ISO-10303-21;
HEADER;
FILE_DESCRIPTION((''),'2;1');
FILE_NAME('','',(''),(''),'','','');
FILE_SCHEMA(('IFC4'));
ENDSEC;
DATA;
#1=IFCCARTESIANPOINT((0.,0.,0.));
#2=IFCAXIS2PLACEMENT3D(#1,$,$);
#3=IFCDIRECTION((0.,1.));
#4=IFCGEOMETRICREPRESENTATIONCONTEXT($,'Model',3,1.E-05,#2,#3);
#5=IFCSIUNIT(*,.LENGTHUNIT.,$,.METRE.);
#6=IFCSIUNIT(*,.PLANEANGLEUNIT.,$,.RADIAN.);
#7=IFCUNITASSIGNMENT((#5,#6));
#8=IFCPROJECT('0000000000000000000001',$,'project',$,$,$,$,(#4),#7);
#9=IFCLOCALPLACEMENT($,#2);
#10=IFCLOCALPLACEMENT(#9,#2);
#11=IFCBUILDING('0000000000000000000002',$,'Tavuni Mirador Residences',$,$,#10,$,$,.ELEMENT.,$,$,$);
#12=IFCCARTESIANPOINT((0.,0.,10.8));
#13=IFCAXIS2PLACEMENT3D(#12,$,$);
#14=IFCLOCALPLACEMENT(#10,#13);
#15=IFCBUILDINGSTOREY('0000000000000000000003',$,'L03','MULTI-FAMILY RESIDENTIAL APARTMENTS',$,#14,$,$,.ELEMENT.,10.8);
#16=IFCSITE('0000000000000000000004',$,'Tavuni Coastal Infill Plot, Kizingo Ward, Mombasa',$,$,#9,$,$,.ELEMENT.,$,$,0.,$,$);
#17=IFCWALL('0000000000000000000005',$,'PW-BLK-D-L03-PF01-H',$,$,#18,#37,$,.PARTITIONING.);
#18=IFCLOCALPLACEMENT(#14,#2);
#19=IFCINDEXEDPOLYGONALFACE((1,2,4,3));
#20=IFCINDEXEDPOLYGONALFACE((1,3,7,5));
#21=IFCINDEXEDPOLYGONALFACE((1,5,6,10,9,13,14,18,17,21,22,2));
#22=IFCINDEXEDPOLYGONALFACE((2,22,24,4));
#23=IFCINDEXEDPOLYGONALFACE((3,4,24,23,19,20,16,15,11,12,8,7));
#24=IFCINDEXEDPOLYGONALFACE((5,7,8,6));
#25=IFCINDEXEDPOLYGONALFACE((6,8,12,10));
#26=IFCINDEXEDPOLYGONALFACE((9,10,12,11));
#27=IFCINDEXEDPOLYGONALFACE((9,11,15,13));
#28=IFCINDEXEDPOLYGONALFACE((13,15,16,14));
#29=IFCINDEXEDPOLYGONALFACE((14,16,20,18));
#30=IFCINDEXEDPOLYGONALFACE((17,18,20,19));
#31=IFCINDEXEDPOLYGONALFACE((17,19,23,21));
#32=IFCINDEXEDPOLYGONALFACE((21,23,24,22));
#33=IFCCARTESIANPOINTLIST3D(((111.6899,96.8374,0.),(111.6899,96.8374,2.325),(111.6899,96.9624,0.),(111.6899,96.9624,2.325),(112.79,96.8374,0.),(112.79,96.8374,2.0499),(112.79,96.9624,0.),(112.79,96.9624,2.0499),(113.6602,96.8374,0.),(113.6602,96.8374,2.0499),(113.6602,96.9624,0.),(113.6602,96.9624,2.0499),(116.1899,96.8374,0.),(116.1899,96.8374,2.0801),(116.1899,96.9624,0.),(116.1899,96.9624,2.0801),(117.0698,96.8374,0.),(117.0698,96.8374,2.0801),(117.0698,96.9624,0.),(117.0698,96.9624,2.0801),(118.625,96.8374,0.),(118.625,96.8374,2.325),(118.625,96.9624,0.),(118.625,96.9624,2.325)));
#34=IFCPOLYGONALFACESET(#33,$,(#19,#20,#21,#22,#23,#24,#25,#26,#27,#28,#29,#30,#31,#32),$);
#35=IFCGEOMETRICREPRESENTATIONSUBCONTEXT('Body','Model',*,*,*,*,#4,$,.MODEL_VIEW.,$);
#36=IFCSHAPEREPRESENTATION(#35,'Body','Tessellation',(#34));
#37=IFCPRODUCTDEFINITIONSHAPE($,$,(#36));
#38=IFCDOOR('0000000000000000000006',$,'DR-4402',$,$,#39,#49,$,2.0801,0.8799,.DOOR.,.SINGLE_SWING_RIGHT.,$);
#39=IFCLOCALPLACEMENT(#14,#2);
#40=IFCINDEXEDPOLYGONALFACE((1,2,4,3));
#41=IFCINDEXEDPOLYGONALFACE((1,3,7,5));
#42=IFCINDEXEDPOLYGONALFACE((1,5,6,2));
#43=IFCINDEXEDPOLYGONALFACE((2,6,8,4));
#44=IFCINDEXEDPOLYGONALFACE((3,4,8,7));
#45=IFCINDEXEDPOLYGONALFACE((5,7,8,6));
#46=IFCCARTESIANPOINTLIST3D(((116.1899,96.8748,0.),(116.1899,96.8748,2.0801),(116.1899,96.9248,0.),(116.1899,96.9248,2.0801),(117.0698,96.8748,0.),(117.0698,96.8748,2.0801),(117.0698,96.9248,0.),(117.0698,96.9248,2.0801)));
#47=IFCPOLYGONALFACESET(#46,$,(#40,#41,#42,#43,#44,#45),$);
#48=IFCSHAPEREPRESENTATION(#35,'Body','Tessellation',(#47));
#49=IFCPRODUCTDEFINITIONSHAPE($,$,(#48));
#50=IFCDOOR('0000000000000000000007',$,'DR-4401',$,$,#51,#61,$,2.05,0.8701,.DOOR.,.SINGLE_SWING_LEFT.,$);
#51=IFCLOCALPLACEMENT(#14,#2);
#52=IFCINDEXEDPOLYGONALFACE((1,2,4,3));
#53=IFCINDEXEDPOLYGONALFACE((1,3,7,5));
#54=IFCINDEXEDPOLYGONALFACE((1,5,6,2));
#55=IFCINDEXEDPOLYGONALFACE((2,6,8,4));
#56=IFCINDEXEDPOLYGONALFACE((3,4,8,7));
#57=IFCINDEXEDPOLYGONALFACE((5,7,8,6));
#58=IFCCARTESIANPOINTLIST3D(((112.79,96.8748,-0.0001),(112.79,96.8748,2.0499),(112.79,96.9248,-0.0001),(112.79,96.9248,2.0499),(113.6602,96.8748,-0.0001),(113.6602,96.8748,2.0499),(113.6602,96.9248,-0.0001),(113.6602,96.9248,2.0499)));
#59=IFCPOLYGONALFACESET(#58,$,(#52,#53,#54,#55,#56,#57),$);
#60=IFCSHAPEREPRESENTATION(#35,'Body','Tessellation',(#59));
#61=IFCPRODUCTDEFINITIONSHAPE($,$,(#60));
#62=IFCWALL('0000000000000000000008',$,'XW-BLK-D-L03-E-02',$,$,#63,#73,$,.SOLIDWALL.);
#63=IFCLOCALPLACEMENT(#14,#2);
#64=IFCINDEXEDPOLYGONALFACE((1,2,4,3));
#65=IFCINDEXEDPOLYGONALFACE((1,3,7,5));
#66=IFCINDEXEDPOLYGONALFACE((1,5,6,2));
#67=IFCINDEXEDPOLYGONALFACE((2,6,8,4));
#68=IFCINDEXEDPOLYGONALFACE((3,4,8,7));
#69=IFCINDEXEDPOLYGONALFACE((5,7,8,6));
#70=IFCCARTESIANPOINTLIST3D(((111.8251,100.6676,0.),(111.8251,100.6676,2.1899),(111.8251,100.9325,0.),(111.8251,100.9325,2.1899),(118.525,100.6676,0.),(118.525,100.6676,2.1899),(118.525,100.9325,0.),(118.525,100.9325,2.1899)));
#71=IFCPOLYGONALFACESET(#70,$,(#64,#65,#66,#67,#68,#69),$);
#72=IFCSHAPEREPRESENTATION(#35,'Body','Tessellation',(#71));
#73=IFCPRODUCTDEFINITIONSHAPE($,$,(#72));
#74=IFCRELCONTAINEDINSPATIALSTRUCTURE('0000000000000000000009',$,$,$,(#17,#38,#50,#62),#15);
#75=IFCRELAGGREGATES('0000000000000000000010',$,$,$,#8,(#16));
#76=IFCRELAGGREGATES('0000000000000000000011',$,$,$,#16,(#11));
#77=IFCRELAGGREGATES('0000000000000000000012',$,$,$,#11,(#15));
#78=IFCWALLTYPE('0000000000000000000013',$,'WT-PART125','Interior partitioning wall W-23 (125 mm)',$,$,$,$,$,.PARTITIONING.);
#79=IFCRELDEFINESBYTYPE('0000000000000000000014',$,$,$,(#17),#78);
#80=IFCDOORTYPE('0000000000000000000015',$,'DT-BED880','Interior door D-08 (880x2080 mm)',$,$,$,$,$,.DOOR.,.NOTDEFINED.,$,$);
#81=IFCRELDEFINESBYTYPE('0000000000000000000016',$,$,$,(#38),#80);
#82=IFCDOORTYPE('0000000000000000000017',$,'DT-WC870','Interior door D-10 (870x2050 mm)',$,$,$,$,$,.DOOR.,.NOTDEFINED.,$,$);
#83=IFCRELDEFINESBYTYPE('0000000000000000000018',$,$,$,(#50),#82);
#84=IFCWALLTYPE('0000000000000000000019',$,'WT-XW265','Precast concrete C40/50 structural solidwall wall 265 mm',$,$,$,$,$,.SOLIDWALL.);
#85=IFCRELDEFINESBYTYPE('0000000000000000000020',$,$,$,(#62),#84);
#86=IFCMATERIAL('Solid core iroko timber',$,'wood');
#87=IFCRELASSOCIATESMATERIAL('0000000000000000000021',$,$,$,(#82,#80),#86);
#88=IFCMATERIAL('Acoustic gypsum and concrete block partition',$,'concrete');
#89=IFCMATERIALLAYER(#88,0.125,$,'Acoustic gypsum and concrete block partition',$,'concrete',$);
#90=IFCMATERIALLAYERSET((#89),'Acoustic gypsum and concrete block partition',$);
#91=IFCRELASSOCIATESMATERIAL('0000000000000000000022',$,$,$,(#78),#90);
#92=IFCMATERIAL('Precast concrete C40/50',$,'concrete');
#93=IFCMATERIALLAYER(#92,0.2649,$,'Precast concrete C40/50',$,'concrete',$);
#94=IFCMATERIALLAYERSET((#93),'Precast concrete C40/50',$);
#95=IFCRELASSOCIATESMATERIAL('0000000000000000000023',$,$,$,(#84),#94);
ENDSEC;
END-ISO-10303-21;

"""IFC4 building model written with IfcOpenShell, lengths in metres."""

from ifc_helpers import new_model, si_unit, direction, frame, frame_2d, origin, place, context, subcontext, project, spatial, rectangle, extrude, material, layer, layer_set, type_object, element, fill, save


model = new_model("IFC4")

# Units and contexts
model_context = context("Model", 3, precision=1e-05, world=origin(), true_north=direction((0.0, 1.0)))
body_context = subcontext(model_context, "Body", "Model", "MODEL_VIEW")
ifc_project = project(units=[si_unit("LENGTHUNIT", "METRE"), si_unit("PLANEANGLEUNIT", "RADIAN")], contexts=[model_context])

# Site, building, storey
site_placement = place(None, origin())
site = spatial("IfcSite", under=ifc_project, at=site_placement, Name="Tavuni Coastal Infill Plot, Kizingo Ward, Mombasa", CompositionType="ELEMENT", RefElevation=0.0)
building_placement = place(site_placement, origin())
building = spatial("IfcBuilding", under=site, at=building_placement, Name="Tavuni Mirador Residences", CompositionType="ELEMENT")
storey_placement = place(building_placement, frame((0.0, 0.0, 10.8)))
storey = spatial("IfcBuildingStorey", under=building, at=storey_placement, Name="L03", Description="MULTI-FAMILY RESIDENTIAL APARTMENTS", CompositionType="ELEMENT", Elevation=10.8)

# Shared definitions
ifc_material_1 = material(Name="Precast concrete C40/50", Category="concrete")

# Shared definitions
ifc_material_2 = material(Name="Acoustic gypsum and concrete block partition", Category="concrete")

# Wall, openings, doors
ifc_material_3 = material(Name="Solid core iroko timber", Category="wood")
door_type_1 = type_object("IfcDoorType", Name="DT-WC870", Description="Interior door D-10 (870x2050 mm)", OperationType="NOTDEFINED", PredefinedType="DOOR", material=ifc_material_3)
ifc_layer_1 = layer(ifc_material_2, 0.125, Name="Acoustic gypsum and concrete block partition", Category="concrete")
ifc_layer_set_1 = layer_set([ifc_layer_1], Name="Acoustic gypsum and concrete block partition")
wall_type_1 = type_object("IfcWallType", Name="WT-PART125", Description="Interior partitioning wall W-23 (125 mm)", PredefinedType="PARTITIONING", material=ifc_layer_set_1)
wall_1_placement = place(storey_placement, frame((111.6899, 96.8999, 0.0), z_axis=(0.0, 0.0, 1.0), x_axis=(1.0, 0.0, 0.0)))
wall_1 = element("IfcWall", 1, at=wall_1_placement, inside=storey, type_object=wall_type_1, Name="PW-BLK-D-L03-PF01-H", PredefinedType="PARTITIONING", context=body_context, shape_type="SweptSolid", body=[
    extrude(rectangle(XDim=6.9351, YDim=0.125, at=frame_2d((3.4675, 0.0))), origin(), (0.0, 0.0, 1.0), 2.325),
])
opening_1_placement = place(wall_1_placement, frame((1.1001, 0.0, 0.0)))
opening_1 = element("IfcOpeningElement", 2, at=opening_1_placement, cuts=wall_1, PredefinedType="OPENING", context=body_context, shape_type="SweptSolid", body=[
    extrude(rectangle(XDim=0.8701, YDim=2.05, at=frame_2d((0.4351, 1.0249))), frame((0.0, 0.0725, 0.0), z_axis=(0.0, -1.0, 0.0), x_axis=(1.0, 0.0, 0.0)), (0.0, 0.0, 1.0), 0.145),
])
opening_2_placement = place(wall_1_placement, frame((4.5, 0.0, 0.0)))
opening_2 = element("IfcOpeningElement", 3, at=opening_2_placement, cuts=wall_1, PredefinedType="OPENING", context=body_context, shape_type="SweptSolid", body=[
    extrude(rectangle(XDim=0.8799, YDim=2.0801, at=frame_2d((0.4399, 1.04))), frame((0.0, 0.0725, 0.0), z_axis=(0.0, -1.0, 0.0), x_axis=(1.0, 0.0, 0.0)), (0.0, 0.0, 1.0), 0.145),
])
door_type_2 = type_object("IfcDoorType", Name="DT-BED880", Description="Interior door D-08 (880x2080 mm)", OperationType="NOTDEFINED", PredefinedType="DOOR", material=ifc_material_3)
door_1_placement = place(opening_2_placement, origin())
door_1 = element("IfcDoor", 4, at=door_1_placement, inside=storey, type_object=door_type_2, Name="DR-4402", OperationType="SINGLE_SWING_RIGHT", OverallHeight=2.0801, OverallWidth=0.8799, PredefinedType="DOOR", context=body_context, shape_type="SweptSolid", body=[
    extrude(rectangle(XDim=0.8799, YDim=2.0801, at=frame_2d((0.4399, 1.04))), frame((0.0, 0.0249, 0.0), z_axis=(0.0, -1.0, 0.0), x_axis=(1.0, 0.0, 0.0)), (0.0, 0.0, 1.0), 0.05),
])
fill(opening_2, door_1)
door_2_placement = place(opening_1_placement, origin())
door_2 = element("IfcDoor", 5, at=door_2_placement, inside=storey, type_object=door_type_1, Name="DR-4401", OperationType="SINGLE_SWING_LEFT", OverallHeight=2.05, OverallWidth=0.8701, PredefinedType="DOOR", context=body_context, shape_type="SweptSolid", body=[
    extrude(rectangle(XDim=0.8701, YDim=2.05, at=frame_2d((0.4351, 1.0249))), frame((0.0, 0.0249, 0.0), z_axis=(0.0, -1.0, 0.0), x_axis=(1.0, 0.0, 0.0)), (0.0, 0.0, 1.0), 0.05),
])
fill(opening_1, door_2)

# Wall
ifc_layer_2 = layer(ifc_material_1, 0.2649, Name="Precast concrete C40/50", Category="concrete")
ifc_layer_set_2 = layer_set([ifc_layer_2], Name="Precast concrete C40/50")
wall_type_2 = type_object("IfcWallType", Name="WT-XW265", Description="Precast concrete C40/50 structural solidwall wall 265 mm", PredefinedType="SOLIDWALL", material=ifc_layer_set_2)
wall_2_placement = place(storey_placement, frame((111.825, 100.8, 0.0), z_axis=(0.0, 0.0, 1.0), x_axis=(1.0, 0.0, 0.0)))
element("IfcWall", 6, at=wall_2_placement, inside=storey, type_object=wall_type_2, Name="XW-BLK-D-L03-E-02", PredefinedType="SOLIDWALL", context=body_context, shape_type="SweptSolid", body=[
    extrude(rectangle(XDim=6.7, YDim=0.2649, at=frame_2d((3.3501, 0.0))), origin(), (0.0, 0.0, 1.0), 2.1899),
])

save(model, "model.ifc")
